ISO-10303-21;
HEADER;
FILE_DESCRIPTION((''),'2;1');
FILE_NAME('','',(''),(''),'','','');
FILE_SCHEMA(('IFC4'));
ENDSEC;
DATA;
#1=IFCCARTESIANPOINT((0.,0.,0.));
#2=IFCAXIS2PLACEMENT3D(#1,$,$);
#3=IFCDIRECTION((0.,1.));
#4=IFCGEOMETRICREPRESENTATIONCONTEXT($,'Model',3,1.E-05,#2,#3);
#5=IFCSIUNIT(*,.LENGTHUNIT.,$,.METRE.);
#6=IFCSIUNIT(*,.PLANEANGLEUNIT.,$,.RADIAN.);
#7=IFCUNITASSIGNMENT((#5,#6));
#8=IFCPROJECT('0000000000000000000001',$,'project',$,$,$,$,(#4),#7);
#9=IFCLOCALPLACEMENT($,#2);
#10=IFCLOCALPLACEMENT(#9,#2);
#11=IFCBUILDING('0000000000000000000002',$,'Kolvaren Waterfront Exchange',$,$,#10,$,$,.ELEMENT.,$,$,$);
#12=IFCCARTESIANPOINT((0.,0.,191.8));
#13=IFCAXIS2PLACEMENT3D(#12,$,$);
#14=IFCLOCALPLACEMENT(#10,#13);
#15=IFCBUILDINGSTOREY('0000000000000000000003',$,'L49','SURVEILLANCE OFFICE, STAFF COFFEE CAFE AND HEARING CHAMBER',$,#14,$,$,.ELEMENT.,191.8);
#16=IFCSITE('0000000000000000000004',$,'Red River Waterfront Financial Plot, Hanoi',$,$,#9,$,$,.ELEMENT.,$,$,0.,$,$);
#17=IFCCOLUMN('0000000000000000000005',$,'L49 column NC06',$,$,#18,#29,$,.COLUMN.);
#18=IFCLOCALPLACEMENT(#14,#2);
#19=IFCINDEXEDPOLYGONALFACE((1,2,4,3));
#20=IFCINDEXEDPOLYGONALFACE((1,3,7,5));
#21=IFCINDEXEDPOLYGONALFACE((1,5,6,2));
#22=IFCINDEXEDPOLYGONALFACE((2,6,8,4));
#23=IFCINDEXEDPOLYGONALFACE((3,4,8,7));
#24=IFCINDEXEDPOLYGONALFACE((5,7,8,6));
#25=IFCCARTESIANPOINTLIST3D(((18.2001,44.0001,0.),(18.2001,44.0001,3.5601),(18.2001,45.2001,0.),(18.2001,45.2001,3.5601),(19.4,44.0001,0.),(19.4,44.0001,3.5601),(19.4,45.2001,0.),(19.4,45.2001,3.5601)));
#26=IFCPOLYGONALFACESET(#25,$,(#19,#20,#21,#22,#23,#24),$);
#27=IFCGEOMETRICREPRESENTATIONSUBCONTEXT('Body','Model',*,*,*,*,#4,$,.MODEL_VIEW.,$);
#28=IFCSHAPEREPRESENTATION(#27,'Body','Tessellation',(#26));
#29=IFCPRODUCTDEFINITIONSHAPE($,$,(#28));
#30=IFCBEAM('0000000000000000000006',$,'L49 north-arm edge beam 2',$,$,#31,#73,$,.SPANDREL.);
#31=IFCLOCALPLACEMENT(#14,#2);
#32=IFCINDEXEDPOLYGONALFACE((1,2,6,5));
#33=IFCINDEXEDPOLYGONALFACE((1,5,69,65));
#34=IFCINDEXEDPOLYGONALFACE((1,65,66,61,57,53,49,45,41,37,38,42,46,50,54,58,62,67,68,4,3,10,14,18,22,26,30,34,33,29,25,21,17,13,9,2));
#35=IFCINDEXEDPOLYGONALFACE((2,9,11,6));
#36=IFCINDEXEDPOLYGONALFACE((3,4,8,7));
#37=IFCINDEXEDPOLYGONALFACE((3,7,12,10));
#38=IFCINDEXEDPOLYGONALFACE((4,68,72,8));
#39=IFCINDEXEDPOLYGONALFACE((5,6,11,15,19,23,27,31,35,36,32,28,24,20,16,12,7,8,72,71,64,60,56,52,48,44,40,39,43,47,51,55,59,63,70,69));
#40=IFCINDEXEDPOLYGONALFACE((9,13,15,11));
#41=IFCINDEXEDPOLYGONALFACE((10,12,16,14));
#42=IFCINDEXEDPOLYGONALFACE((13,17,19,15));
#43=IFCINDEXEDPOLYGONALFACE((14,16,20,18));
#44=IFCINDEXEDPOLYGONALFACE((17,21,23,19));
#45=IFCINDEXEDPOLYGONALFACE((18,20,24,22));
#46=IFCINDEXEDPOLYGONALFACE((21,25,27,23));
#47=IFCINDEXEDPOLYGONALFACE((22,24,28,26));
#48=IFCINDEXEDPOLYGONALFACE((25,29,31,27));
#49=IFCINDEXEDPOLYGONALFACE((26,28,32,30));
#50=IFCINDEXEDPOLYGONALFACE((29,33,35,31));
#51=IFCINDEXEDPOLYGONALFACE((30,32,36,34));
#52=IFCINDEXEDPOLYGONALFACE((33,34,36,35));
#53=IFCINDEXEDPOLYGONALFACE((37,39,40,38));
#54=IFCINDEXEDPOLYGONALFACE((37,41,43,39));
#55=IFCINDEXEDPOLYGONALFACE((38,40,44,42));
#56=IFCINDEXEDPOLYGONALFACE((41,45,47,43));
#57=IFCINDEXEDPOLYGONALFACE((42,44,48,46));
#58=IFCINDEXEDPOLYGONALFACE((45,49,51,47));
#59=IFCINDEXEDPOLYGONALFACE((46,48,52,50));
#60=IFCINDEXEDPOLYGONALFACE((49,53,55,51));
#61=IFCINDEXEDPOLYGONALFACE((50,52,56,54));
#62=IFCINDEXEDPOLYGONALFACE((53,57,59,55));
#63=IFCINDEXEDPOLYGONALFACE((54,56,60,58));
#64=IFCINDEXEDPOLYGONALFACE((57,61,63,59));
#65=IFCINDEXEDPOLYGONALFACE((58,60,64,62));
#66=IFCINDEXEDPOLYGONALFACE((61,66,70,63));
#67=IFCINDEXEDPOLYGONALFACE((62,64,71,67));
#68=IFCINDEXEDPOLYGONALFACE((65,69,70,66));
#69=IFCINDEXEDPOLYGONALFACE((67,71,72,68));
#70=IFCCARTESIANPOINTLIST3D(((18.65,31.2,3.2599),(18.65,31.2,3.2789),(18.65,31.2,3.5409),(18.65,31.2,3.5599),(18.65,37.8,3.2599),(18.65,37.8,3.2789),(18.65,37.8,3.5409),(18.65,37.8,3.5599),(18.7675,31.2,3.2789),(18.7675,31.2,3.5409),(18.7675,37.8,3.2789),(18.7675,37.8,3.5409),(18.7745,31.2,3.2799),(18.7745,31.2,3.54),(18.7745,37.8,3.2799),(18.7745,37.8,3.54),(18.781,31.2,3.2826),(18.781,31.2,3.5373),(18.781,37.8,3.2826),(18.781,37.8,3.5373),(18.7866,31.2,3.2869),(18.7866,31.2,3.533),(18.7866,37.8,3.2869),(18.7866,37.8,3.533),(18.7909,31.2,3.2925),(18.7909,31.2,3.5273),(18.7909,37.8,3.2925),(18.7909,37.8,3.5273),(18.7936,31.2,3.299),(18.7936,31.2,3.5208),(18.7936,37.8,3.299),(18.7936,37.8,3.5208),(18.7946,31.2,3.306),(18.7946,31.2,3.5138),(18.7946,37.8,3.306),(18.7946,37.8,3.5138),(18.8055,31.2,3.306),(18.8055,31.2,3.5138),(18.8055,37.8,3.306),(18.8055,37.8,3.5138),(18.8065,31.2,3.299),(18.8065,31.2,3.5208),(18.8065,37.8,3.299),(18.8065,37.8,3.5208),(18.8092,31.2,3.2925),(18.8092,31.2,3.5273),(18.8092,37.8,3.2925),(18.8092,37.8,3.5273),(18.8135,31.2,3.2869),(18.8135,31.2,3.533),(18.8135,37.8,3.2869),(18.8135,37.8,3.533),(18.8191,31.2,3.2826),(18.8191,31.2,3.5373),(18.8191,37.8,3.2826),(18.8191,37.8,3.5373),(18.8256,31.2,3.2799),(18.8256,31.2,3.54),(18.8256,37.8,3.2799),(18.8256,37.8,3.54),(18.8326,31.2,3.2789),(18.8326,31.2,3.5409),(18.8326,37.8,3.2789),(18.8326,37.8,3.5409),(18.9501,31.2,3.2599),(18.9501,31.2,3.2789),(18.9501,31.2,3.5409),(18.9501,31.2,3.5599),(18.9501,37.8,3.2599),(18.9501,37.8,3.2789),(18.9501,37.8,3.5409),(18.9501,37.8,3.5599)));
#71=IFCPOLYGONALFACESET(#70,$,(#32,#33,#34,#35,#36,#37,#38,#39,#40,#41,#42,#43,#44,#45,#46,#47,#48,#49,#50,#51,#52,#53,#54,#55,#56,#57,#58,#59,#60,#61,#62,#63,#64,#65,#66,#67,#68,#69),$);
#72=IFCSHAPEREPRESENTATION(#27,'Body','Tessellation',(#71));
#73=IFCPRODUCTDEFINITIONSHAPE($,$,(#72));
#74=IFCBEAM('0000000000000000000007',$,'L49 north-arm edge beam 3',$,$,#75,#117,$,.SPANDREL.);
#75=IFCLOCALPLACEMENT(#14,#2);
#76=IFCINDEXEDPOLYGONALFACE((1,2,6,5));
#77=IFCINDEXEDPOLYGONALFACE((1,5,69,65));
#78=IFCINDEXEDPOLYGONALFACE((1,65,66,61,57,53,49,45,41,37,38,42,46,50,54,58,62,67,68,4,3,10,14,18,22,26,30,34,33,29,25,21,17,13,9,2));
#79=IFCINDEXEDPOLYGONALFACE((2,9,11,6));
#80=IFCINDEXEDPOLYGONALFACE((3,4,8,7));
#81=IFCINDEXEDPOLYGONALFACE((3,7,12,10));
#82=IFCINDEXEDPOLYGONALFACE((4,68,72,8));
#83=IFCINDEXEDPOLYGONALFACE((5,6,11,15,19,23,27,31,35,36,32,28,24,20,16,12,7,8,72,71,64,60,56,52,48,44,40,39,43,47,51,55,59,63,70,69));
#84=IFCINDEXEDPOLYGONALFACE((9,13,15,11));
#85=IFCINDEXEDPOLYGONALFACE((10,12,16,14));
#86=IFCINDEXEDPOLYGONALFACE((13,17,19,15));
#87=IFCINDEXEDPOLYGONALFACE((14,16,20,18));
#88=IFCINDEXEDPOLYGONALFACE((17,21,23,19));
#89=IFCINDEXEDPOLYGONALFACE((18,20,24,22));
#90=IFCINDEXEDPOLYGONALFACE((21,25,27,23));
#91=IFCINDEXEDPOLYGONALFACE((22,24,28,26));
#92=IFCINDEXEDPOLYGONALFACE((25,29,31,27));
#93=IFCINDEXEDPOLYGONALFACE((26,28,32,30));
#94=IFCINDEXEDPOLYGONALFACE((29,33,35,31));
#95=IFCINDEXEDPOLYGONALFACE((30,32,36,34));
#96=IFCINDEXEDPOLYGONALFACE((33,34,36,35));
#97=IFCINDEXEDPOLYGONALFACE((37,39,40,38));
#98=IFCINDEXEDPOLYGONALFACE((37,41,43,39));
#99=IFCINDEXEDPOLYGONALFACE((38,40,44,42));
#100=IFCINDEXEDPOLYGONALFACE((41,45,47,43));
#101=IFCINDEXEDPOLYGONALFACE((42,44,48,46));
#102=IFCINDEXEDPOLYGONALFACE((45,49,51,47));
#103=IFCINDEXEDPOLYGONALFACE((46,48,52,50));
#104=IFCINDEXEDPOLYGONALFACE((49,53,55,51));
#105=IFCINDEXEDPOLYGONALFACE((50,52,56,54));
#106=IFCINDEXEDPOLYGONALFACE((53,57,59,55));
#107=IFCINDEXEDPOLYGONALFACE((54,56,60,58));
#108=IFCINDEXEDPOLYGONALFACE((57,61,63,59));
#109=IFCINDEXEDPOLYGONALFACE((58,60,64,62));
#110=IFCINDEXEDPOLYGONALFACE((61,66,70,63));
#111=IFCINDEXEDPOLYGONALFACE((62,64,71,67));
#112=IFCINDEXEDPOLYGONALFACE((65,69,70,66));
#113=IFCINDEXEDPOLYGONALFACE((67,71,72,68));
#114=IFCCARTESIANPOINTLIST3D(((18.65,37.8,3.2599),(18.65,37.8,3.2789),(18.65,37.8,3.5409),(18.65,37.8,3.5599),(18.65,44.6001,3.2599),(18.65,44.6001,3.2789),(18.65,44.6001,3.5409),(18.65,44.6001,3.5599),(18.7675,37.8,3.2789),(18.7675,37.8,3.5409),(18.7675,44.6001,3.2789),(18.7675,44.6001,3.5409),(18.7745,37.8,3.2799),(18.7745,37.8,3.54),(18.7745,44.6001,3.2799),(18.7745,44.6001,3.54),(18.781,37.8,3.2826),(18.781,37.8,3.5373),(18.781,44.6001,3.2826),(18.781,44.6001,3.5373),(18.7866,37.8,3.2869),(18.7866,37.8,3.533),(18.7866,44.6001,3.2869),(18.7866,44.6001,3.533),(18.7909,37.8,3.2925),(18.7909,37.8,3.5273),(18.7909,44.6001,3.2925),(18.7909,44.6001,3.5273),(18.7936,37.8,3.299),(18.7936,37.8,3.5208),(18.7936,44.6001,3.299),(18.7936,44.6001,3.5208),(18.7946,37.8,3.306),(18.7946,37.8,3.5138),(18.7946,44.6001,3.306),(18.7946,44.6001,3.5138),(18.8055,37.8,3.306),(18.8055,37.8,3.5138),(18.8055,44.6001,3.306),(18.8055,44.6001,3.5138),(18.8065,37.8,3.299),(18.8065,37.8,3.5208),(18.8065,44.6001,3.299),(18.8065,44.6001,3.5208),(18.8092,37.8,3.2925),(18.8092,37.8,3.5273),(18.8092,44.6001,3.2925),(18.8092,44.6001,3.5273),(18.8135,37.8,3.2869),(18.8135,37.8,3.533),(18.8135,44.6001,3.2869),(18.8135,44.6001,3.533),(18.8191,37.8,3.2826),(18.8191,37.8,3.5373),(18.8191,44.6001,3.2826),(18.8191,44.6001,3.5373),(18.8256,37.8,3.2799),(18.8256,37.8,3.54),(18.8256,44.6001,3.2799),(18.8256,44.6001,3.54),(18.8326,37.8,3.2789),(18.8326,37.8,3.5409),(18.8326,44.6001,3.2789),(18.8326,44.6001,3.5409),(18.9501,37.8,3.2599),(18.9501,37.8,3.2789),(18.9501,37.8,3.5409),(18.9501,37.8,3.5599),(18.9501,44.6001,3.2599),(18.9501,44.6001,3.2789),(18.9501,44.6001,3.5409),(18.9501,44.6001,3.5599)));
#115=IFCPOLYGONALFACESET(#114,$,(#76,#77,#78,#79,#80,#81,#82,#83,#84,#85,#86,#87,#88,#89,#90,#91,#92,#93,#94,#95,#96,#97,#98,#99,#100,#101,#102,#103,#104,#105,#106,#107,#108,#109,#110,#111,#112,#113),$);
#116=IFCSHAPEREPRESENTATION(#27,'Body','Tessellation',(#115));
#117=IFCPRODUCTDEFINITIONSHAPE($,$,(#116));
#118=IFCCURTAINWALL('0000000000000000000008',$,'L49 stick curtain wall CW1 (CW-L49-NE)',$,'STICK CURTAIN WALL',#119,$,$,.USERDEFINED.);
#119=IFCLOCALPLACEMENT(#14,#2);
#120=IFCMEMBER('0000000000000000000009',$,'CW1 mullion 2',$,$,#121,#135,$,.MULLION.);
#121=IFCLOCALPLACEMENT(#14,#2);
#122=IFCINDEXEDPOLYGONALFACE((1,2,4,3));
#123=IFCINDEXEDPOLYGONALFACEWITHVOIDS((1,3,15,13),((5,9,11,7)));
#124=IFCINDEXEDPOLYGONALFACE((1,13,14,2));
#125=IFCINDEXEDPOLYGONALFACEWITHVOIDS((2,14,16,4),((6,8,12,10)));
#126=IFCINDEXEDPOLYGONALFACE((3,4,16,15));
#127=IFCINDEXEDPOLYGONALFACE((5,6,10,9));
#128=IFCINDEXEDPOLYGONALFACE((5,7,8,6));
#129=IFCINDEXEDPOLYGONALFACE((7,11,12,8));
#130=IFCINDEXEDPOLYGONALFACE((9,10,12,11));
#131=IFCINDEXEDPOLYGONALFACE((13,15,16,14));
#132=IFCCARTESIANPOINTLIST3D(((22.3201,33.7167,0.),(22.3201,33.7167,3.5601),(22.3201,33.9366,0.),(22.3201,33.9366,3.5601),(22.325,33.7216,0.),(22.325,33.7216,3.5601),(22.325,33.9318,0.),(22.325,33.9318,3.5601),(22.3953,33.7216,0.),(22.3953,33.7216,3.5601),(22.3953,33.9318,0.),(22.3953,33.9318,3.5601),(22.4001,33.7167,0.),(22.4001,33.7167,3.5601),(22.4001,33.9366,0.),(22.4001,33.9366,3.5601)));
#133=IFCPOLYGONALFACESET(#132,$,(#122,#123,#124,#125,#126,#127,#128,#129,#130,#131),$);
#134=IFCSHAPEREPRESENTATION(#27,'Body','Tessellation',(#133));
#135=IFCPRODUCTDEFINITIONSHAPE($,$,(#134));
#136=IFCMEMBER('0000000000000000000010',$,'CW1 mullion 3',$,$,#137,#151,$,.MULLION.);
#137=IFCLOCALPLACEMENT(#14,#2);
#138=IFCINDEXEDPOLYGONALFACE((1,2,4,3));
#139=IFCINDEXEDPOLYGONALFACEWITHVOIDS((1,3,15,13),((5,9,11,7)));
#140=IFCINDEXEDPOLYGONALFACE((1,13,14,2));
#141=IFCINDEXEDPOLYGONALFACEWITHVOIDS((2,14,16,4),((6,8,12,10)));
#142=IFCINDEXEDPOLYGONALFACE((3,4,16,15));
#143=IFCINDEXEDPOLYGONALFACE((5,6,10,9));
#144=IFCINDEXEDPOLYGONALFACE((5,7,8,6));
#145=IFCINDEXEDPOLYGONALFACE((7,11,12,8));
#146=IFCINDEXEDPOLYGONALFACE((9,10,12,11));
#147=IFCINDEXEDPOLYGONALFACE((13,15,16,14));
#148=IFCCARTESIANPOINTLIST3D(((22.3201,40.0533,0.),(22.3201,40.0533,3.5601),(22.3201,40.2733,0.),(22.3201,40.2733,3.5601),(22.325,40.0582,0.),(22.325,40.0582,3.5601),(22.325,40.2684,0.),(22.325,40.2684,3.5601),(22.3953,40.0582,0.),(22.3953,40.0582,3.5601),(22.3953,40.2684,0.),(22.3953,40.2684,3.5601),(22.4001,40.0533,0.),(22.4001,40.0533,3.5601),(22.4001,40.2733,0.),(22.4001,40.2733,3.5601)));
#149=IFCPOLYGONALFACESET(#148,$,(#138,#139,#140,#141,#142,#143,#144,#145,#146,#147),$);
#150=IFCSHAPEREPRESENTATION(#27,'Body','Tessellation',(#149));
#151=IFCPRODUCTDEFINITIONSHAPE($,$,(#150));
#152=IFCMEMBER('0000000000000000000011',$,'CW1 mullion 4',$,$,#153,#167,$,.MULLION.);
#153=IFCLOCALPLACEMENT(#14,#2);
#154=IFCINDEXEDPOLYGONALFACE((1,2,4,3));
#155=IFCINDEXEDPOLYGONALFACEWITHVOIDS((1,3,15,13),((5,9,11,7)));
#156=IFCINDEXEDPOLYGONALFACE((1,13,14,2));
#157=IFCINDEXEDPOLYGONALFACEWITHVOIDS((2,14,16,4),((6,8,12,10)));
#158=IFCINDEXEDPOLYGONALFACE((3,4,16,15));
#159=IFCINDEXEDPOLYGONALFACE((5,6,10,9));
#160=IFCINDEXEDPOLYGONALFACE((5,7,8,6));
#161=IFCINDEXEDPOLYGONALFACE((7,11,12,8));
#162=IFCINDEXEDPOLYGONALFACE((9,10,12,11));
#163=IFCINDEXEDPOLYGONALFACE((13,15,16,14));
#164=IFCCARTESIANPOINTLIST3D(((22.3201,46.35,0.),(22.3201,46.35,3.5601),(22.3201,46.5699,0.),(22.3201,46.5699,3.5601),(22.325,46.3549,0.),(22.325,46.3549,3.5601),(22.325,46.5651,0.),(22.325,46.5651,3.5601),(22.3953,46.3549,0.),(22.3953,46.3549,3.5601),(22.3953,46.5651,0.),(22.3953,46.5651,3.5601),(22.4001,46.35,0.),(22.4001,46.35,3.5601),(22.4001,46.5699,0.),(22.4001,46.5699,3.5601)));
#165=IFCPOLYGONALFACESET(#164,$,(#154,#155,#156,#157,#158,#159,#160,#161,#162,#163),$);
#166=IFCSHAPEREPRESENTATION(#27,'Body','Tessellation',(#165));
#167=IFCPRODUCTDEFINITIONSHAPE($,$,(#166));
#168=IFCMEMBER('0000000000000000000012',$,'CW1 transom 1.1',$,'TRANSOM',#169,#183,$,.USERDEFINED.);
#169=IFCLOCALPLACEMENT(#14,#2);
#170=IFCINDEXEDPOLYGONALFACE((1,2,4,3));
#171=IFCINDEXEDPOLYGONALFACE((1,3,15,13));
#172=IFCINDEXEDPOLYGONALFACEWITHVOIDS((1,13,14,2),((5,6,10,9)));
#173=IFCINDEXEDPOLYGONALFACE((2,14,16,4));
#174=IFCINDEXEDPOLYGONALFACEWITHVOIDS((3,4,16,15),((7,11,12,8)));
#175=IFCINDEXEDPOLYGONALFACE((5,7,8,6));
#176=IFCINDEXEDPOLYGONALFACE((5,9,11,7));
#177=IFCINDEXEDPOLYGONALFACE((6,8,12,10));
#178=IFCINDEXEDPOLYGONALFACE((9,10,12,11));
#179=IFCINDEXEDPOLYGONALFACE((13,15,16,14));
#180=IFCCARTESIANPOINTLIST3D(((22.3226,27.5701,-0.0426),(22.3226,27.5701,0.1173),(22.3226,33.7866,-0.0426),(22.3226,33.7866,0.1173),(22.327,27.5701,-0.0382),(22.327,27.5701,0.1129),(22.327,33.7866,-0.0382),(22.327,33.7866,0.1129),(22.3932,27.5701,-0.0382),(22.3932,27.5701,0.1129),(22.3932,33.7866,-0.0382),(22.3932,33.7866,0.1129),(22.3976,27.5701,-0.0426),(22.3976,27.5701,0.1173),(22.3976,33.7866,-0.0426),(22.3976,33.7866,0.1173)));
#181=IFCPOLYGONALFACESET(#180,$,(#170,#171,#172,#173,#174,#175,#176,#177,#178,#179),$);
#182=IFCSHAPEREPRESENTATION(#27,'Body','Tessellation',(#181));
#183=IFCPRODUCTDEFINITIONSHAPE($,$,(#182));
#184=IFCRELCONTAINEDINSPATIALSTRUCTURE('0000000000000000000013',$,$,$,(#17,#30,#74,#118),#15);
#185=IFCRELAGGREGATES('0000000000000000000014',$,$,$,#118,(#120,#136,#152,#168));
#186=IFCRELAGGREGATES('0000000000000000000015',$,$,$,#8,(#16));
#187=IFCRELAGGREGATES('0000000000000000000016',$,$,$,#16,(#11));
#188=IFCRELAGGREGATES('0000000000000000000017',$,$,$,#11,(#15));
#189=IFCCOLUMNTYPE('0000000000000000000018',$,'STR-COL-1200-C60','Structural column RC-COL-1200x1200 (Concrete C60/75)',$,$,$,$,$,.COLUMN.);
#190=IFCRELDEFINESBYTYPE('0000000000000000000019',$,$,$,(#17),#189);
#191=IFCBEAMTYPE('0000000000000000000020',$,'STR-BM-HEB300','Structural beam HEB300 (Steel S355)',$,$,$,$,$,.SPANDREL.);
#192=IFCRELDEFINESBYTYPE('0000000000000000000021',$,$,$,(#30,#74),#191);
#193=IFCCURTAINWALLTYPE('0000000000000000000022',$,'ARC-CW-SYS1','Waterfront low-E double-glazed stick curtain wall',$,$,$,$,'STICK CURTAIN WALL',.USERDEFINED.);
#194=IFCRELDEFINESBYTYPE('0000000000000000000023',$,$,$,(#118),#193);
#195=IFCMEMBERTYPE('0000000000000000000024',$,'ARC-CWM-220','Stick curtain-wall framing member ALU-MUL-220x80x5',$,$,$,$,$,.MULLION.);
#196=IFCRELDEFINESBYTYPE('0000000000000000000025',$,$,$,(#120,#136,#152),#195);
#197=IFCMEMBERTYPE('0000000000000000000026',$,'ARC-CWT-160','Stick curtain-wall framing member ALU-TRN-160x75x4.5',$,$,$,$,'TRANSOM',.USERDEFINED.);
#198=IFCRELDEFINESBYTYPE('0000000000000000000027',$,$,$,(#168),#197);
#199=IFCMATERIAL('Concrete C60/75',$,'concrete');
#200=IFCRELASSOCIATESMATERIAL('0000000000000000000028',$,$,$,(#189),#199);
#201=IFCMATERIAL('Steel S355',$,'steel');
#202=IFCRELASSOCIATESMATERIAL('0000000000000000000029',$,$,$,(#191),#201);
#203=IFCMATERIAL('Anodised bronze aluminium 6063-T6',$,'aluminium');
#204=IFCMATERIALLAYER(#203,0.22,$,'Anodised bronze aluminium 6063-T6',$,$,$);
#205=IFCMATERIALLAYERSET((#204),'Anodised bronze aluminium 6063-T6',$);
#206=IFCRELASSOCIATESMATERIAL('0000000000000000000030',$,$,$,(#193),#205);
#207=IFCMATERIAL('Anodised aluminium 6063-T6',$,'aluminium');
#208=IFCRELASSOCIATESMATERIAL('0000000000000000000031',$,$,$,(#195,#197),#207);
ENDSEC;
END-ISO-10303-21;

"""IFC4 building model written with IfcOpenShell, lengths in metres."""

from ifc_helpers import new_model, si_unit, direction, frame, origin, origin_with_axes, origin_2d, place, context, subcontext, project, spatial, rectangle, hollow_rectangle, i_section, extrude, source, transform, mapped, material, layer, layer_set, material_profile, profile_set, type_object, element, aggregate, save


model = new_model("IFC4")

# Units and contexts
model_context = context("Model", 3, precision=1e-05, world=origin(), true_north=direction((0.0, 1.0)))
body_context = subcontext(model_context, "Body", "Model", "MODEL_VIEW")
ifc_project = project(units=[si_unit("LENGTHUNIT", "METRE"), si_unit("PLANEANGLEUNIT", "RADIAN")], contexts=[model_context])

# Site, building, storey
site_placement = place(None, origin())
site = spatial("IfcSite", under=ifc_project, at=site_placement, Name="Red River Waterfront Financial Plot, Hanoi", CompositionType="ELEMENT", RefElevation=0.0)
building_placement = place(site_placement, origin())
building = spatial("IfcBuilding", under=site, at=building_placement, Name="Kolvaren Waterfront Exchange", CompositionType="ELEMENT")
storey_placement = place(building_placement, frame((0.0, 0.0, 191.8)))
storey = spatial("IfcBuildingStorey", under=building, at=storey_placement, Name="L49", Description="SURVEILLANCE OFFICE, STAFF COFFEE CAFE AND HEARING CHAMBER", CompositionType="ELEMENT", Elevation=191.8)

# Column
ifc_material_1 = material(Name="Concrete C60/75", Category="concrete")
ifc_material_profile_1 = material_profile(ifc_material_1, rectangle(XDim=1.2, YDim=1.2, at=origin_2d()), Name="RC-COL-1200x1200")
ifc_profile_set_1 = profile_set([ifc_material_profile_1], Name="Concrete C60/75")
column_type = type_object("IfcColumnType", Name="STR-COL-1200-C60", Description="Structural column RC-COL-1200x1200 (Concrete C60/75)", PredefinedType="COLUMN", material=ifc_profile_set_1)
column_placement = place(storey_placement, frame((18.8, 44.6001, 0.0), z_axis=(0.0, 0.0, 1.0), x_axis=(1.0, 0.0, 0.0)))
element("IfcColumn", 1, at=column_placement, inside=storey, type_object=column_type, Name="L49 column NC06", PredefinedType="COLUMN", context=body_context, shape_type="SweptSolid", body=[
    extrude(rectangle(XDim=1.2, YDim=1.2, at=origin_2d()), origin(), (0.0, 0.0, 1.0), 3.5601),
])

# Beams
ifc_material_2 = material(Name="Steel S355", Category="steel")
ifc_material_profile_2 = material_profile(ifc_material_2, i_section(OverallWidth=0.3, OverallDepth=0.3, WebThickness=0.011, FlangeThickness=0.019, FilletRadius=0.0271, at=origin_2d()), Name="HEB300")
ifc_profile_set_2 = profile_set([ifc_material_profile_2], Name="Steel S355")
beam_type = type_object("IfcBeamType", Name="STR-BM-HEB300", Description="Structural beam HEB300 (Steel S355)", PredefinedType="SPANDREL", material=ifc_profile_set_2)
beam_1_placement = place(storey_placement, frame((18.8, 31.2, 3.4099), z_axis=(0.0, 1.0, 0.0), x_axis=(-1.0, 0.0, 0.0)))
element("IfcBeam", 2, at=beam_1_placement, inside=storey, type_object=beam_type, Name="L49 north-arm edge beam 2", PredefinedType="SPANDREL", context=body_context, shape_type="SweptSolid", body=[
    extrude(i_section(OverallWidth=0.3, OverallDepth=0.3, WebThickness=0.011, FlangeThickness=0.019, FilletRadius=0.0271, at=origin_2d()), origin(), (0.0, 0.0, 1.0), 6.6001),
])
beam_2_placement = place(storey_placement, frame((18.8, 37.8, 3.4099), z_axis=(0.0, 1.0, 0.0), x_axis=(-1.0, 0.0, 0.0)))
element("IfcBeam", 3, at=beam_2_placement, inside=storey, type_object=beam_type, Name="L49 north-arm edge beam 3", PredefinedType="SPANDREL", context=body_context, shape_type="SweptSolid", body=[
    extrude(i_section(OverallWidth=0.3, OverallDepth=0.3, WebThickness=0.011, FlangeThickness=0.019, FilletRadius=0.0271, at=origin_2d()), origin(), (0.0, 0.0, 1.0), 6.8),
])

# Curtain wall, members
ifc_material_3 = material(Name="Anodised bronze aluminium 6063-T6", Category="aluminium")
ifc_layer_1 = layer(ifc_material_3, 0.22, Name="Anodised bronze aluminium 6063-T6")
ifc_layer_set_1 = layer_set([ifc_layer_1], Name="Anodised bronze aluminium 6063-T6")
curtain_wall_type = type_object("IfcCurtainWallType", Name="ARC-CW-SYS1", Description="Waterfront low-E double-glazed stick curtain wall", ElementType="STICK CURTAIN WALL", PredefinedType="USERDEFINED", material=ifc_layer_set_1)
curtain_wall_placement = place(storey_placement, origin())
curtain_wall = element("IfcCurtainWall", 4, at=curtain_wall_placement, inside=storey, type_object=curtain_wall_type, Name="L49 stick curtain wall CW1 (CW-L49-NE)", ObjectType="STICK CURTAIN WALL", PredefinedType="USERDEFINED")
ifc_material_4 = material(Name="Anodised aluminium 6063-T6", Category="aluminium")
ifc_material_profile_3 = material_profile(ifc_material_4, hollow_rectangle(XDim=0.0801, YDim=0.22, WallThickness=0.0049, at=origin_2d()), Name="ALU-MUL-220x80x5")
ifc_profile_set_3 = profile_set([ifc_material_profile_3], Name="Anodised aluminium 6063-T6")
member_type_1 = type_object("IfcMemberType", Name="ARC-CWM-220", Description="Stick curtain-wall framing member ALU-MUL-220x80x5", PredefinedType="MULLION", material=ifc_profile_set_3)
shared_shape_1 = source(origin_with_axes(), body_context, "Body", "SweptSolid", [
    extrude(hollow_rectangle(XDim=0.0801, YDim=0.22, WallThickness=0.0049, at=origin_2d()), origin(), (0.0, 0.0, 1.0), 3.5601),
])
member_1_placement = place(storey_placement, frame((22.3601, 33.8267, 0.0), z_axis=(0.0, 0.0, 1.0), x_axis=(-1.0, 0.0, 0.0)))
member_1 = element("IfcMember", 5, at=member_1_placement, type_object=member_type_1, Name="CW1 mullion 2", PredefinedType="MULLION", context=body_context, shape_type="MappedRepresentation", body=[
    mapped(shared_shape_1, transform((0.0, 0.0, 0.0), x_axis=(1.0, 0.0, 0.0), y_axis=(0.0, 1.0, 0.0), z_axis=(0.0, 0.0, 1.0), scale=1.0)),
])
member_2_placement = place(storey_placement, frame((22.3601, 40.1633, 0.0), z_axis=(0.0, 0.0, 1.0), x_axis=(-1.0, 0.0, 0.0)))
member_2 = element("IfcMember", 6, at=member_2_placement, type_object=member_type_1, Name="CW1 mullion 3", PredefinedType="MULLION", context=body_context, shape_type="MappedRepresentation", body=[
    mapped(shared_shape_1, transform((0.0, 0.0, 0.0), x_axis=(1.0, 0.0, 0.0), y_axis=(0.0, 1.0, 0.0), z_axis=(0.0, 0.0, 1.0), scale=1.0)),
])
member_3_placement = place(storey_placement, frame((22.3601, 46.46, 0.0), z_axis=(0.0, 0.0, 1.0), x_axis=(-1.0, 0.0, 0.0)))
member_3 = element("IfcMember", 7, at=member_3_placement, type_object=member_type_1, Name="CW1 mullion 4", PredefinedType="MULLION", context=body_context, shape_type="MappedRepresentation", body=[
    mapped(shared_shape_1, transform((0.0, 0.0, 0.0), x_axis=(1.0, 0.0, 0.0), y_axis=(0.0, 1.0, 0.0), z_axis=(0.0, 0.0, 1.0), scale=1.0)),
])
ifc_material_profile_4 = material_profile(ifc_material_4, hollow_rectangle(XDim=0.075, YDim=0.1599, WallThickness=0.0044, at=origin_2d()), Name="ALU-TRN-160x75x4.5")
ifc_profile_set_4 = profile_set([ifc_material_profile_4], Name="Anodised aluminium 6063-T6")
member_type_2 = type_object("IfcMemberType", Name="ARC-CWT-160", Description="Stick curtain-wall framing member ALU-TRN-160x75x4.5", ElementType="TRANSOM", PredefinedType="USERDEFINED", material=ifc_profile_set_4)
shared_shape_2 = source(origin_with_axes(), body_context, "Body", "SweptSolid", [
    extrude(hollow_rectangle(XDim=0.075, YDim=0.1599, WallThickness=0.0044, at=origin_2d()), origin(), (0.0, 0.0, 1.0), 6.2166),
])
member_4_placement = place(storey_placement, frame((22.3601, 27.5701, 0.0374), z_axis=(0.0, 1.0, 0.0), x_axis=(-1.0, 0.0, 0.0)))
member_4 = element("IfcMember", 8, at=member_4_placement, type_object=member_type_2, Name="CW1 transom 1.1", ObjectType="TRANSOM", PredefinedType="USERDEFINED", context=body_context, shape_type="MappedRepresentation", body=[
    mapped(shared_shape_2, transform((0.0, 0.0, 0.0), x_axis=(1.0, 0.0, 0.0), y_axis=(0.0, 1.0, 0.0), z_axis=(0.0, 0.0, 1.0), scale=1.0)),
])
aggregate(curtain_wall, [member_1, member_2, member_3, member_4])

save(model, "model.ifc")
